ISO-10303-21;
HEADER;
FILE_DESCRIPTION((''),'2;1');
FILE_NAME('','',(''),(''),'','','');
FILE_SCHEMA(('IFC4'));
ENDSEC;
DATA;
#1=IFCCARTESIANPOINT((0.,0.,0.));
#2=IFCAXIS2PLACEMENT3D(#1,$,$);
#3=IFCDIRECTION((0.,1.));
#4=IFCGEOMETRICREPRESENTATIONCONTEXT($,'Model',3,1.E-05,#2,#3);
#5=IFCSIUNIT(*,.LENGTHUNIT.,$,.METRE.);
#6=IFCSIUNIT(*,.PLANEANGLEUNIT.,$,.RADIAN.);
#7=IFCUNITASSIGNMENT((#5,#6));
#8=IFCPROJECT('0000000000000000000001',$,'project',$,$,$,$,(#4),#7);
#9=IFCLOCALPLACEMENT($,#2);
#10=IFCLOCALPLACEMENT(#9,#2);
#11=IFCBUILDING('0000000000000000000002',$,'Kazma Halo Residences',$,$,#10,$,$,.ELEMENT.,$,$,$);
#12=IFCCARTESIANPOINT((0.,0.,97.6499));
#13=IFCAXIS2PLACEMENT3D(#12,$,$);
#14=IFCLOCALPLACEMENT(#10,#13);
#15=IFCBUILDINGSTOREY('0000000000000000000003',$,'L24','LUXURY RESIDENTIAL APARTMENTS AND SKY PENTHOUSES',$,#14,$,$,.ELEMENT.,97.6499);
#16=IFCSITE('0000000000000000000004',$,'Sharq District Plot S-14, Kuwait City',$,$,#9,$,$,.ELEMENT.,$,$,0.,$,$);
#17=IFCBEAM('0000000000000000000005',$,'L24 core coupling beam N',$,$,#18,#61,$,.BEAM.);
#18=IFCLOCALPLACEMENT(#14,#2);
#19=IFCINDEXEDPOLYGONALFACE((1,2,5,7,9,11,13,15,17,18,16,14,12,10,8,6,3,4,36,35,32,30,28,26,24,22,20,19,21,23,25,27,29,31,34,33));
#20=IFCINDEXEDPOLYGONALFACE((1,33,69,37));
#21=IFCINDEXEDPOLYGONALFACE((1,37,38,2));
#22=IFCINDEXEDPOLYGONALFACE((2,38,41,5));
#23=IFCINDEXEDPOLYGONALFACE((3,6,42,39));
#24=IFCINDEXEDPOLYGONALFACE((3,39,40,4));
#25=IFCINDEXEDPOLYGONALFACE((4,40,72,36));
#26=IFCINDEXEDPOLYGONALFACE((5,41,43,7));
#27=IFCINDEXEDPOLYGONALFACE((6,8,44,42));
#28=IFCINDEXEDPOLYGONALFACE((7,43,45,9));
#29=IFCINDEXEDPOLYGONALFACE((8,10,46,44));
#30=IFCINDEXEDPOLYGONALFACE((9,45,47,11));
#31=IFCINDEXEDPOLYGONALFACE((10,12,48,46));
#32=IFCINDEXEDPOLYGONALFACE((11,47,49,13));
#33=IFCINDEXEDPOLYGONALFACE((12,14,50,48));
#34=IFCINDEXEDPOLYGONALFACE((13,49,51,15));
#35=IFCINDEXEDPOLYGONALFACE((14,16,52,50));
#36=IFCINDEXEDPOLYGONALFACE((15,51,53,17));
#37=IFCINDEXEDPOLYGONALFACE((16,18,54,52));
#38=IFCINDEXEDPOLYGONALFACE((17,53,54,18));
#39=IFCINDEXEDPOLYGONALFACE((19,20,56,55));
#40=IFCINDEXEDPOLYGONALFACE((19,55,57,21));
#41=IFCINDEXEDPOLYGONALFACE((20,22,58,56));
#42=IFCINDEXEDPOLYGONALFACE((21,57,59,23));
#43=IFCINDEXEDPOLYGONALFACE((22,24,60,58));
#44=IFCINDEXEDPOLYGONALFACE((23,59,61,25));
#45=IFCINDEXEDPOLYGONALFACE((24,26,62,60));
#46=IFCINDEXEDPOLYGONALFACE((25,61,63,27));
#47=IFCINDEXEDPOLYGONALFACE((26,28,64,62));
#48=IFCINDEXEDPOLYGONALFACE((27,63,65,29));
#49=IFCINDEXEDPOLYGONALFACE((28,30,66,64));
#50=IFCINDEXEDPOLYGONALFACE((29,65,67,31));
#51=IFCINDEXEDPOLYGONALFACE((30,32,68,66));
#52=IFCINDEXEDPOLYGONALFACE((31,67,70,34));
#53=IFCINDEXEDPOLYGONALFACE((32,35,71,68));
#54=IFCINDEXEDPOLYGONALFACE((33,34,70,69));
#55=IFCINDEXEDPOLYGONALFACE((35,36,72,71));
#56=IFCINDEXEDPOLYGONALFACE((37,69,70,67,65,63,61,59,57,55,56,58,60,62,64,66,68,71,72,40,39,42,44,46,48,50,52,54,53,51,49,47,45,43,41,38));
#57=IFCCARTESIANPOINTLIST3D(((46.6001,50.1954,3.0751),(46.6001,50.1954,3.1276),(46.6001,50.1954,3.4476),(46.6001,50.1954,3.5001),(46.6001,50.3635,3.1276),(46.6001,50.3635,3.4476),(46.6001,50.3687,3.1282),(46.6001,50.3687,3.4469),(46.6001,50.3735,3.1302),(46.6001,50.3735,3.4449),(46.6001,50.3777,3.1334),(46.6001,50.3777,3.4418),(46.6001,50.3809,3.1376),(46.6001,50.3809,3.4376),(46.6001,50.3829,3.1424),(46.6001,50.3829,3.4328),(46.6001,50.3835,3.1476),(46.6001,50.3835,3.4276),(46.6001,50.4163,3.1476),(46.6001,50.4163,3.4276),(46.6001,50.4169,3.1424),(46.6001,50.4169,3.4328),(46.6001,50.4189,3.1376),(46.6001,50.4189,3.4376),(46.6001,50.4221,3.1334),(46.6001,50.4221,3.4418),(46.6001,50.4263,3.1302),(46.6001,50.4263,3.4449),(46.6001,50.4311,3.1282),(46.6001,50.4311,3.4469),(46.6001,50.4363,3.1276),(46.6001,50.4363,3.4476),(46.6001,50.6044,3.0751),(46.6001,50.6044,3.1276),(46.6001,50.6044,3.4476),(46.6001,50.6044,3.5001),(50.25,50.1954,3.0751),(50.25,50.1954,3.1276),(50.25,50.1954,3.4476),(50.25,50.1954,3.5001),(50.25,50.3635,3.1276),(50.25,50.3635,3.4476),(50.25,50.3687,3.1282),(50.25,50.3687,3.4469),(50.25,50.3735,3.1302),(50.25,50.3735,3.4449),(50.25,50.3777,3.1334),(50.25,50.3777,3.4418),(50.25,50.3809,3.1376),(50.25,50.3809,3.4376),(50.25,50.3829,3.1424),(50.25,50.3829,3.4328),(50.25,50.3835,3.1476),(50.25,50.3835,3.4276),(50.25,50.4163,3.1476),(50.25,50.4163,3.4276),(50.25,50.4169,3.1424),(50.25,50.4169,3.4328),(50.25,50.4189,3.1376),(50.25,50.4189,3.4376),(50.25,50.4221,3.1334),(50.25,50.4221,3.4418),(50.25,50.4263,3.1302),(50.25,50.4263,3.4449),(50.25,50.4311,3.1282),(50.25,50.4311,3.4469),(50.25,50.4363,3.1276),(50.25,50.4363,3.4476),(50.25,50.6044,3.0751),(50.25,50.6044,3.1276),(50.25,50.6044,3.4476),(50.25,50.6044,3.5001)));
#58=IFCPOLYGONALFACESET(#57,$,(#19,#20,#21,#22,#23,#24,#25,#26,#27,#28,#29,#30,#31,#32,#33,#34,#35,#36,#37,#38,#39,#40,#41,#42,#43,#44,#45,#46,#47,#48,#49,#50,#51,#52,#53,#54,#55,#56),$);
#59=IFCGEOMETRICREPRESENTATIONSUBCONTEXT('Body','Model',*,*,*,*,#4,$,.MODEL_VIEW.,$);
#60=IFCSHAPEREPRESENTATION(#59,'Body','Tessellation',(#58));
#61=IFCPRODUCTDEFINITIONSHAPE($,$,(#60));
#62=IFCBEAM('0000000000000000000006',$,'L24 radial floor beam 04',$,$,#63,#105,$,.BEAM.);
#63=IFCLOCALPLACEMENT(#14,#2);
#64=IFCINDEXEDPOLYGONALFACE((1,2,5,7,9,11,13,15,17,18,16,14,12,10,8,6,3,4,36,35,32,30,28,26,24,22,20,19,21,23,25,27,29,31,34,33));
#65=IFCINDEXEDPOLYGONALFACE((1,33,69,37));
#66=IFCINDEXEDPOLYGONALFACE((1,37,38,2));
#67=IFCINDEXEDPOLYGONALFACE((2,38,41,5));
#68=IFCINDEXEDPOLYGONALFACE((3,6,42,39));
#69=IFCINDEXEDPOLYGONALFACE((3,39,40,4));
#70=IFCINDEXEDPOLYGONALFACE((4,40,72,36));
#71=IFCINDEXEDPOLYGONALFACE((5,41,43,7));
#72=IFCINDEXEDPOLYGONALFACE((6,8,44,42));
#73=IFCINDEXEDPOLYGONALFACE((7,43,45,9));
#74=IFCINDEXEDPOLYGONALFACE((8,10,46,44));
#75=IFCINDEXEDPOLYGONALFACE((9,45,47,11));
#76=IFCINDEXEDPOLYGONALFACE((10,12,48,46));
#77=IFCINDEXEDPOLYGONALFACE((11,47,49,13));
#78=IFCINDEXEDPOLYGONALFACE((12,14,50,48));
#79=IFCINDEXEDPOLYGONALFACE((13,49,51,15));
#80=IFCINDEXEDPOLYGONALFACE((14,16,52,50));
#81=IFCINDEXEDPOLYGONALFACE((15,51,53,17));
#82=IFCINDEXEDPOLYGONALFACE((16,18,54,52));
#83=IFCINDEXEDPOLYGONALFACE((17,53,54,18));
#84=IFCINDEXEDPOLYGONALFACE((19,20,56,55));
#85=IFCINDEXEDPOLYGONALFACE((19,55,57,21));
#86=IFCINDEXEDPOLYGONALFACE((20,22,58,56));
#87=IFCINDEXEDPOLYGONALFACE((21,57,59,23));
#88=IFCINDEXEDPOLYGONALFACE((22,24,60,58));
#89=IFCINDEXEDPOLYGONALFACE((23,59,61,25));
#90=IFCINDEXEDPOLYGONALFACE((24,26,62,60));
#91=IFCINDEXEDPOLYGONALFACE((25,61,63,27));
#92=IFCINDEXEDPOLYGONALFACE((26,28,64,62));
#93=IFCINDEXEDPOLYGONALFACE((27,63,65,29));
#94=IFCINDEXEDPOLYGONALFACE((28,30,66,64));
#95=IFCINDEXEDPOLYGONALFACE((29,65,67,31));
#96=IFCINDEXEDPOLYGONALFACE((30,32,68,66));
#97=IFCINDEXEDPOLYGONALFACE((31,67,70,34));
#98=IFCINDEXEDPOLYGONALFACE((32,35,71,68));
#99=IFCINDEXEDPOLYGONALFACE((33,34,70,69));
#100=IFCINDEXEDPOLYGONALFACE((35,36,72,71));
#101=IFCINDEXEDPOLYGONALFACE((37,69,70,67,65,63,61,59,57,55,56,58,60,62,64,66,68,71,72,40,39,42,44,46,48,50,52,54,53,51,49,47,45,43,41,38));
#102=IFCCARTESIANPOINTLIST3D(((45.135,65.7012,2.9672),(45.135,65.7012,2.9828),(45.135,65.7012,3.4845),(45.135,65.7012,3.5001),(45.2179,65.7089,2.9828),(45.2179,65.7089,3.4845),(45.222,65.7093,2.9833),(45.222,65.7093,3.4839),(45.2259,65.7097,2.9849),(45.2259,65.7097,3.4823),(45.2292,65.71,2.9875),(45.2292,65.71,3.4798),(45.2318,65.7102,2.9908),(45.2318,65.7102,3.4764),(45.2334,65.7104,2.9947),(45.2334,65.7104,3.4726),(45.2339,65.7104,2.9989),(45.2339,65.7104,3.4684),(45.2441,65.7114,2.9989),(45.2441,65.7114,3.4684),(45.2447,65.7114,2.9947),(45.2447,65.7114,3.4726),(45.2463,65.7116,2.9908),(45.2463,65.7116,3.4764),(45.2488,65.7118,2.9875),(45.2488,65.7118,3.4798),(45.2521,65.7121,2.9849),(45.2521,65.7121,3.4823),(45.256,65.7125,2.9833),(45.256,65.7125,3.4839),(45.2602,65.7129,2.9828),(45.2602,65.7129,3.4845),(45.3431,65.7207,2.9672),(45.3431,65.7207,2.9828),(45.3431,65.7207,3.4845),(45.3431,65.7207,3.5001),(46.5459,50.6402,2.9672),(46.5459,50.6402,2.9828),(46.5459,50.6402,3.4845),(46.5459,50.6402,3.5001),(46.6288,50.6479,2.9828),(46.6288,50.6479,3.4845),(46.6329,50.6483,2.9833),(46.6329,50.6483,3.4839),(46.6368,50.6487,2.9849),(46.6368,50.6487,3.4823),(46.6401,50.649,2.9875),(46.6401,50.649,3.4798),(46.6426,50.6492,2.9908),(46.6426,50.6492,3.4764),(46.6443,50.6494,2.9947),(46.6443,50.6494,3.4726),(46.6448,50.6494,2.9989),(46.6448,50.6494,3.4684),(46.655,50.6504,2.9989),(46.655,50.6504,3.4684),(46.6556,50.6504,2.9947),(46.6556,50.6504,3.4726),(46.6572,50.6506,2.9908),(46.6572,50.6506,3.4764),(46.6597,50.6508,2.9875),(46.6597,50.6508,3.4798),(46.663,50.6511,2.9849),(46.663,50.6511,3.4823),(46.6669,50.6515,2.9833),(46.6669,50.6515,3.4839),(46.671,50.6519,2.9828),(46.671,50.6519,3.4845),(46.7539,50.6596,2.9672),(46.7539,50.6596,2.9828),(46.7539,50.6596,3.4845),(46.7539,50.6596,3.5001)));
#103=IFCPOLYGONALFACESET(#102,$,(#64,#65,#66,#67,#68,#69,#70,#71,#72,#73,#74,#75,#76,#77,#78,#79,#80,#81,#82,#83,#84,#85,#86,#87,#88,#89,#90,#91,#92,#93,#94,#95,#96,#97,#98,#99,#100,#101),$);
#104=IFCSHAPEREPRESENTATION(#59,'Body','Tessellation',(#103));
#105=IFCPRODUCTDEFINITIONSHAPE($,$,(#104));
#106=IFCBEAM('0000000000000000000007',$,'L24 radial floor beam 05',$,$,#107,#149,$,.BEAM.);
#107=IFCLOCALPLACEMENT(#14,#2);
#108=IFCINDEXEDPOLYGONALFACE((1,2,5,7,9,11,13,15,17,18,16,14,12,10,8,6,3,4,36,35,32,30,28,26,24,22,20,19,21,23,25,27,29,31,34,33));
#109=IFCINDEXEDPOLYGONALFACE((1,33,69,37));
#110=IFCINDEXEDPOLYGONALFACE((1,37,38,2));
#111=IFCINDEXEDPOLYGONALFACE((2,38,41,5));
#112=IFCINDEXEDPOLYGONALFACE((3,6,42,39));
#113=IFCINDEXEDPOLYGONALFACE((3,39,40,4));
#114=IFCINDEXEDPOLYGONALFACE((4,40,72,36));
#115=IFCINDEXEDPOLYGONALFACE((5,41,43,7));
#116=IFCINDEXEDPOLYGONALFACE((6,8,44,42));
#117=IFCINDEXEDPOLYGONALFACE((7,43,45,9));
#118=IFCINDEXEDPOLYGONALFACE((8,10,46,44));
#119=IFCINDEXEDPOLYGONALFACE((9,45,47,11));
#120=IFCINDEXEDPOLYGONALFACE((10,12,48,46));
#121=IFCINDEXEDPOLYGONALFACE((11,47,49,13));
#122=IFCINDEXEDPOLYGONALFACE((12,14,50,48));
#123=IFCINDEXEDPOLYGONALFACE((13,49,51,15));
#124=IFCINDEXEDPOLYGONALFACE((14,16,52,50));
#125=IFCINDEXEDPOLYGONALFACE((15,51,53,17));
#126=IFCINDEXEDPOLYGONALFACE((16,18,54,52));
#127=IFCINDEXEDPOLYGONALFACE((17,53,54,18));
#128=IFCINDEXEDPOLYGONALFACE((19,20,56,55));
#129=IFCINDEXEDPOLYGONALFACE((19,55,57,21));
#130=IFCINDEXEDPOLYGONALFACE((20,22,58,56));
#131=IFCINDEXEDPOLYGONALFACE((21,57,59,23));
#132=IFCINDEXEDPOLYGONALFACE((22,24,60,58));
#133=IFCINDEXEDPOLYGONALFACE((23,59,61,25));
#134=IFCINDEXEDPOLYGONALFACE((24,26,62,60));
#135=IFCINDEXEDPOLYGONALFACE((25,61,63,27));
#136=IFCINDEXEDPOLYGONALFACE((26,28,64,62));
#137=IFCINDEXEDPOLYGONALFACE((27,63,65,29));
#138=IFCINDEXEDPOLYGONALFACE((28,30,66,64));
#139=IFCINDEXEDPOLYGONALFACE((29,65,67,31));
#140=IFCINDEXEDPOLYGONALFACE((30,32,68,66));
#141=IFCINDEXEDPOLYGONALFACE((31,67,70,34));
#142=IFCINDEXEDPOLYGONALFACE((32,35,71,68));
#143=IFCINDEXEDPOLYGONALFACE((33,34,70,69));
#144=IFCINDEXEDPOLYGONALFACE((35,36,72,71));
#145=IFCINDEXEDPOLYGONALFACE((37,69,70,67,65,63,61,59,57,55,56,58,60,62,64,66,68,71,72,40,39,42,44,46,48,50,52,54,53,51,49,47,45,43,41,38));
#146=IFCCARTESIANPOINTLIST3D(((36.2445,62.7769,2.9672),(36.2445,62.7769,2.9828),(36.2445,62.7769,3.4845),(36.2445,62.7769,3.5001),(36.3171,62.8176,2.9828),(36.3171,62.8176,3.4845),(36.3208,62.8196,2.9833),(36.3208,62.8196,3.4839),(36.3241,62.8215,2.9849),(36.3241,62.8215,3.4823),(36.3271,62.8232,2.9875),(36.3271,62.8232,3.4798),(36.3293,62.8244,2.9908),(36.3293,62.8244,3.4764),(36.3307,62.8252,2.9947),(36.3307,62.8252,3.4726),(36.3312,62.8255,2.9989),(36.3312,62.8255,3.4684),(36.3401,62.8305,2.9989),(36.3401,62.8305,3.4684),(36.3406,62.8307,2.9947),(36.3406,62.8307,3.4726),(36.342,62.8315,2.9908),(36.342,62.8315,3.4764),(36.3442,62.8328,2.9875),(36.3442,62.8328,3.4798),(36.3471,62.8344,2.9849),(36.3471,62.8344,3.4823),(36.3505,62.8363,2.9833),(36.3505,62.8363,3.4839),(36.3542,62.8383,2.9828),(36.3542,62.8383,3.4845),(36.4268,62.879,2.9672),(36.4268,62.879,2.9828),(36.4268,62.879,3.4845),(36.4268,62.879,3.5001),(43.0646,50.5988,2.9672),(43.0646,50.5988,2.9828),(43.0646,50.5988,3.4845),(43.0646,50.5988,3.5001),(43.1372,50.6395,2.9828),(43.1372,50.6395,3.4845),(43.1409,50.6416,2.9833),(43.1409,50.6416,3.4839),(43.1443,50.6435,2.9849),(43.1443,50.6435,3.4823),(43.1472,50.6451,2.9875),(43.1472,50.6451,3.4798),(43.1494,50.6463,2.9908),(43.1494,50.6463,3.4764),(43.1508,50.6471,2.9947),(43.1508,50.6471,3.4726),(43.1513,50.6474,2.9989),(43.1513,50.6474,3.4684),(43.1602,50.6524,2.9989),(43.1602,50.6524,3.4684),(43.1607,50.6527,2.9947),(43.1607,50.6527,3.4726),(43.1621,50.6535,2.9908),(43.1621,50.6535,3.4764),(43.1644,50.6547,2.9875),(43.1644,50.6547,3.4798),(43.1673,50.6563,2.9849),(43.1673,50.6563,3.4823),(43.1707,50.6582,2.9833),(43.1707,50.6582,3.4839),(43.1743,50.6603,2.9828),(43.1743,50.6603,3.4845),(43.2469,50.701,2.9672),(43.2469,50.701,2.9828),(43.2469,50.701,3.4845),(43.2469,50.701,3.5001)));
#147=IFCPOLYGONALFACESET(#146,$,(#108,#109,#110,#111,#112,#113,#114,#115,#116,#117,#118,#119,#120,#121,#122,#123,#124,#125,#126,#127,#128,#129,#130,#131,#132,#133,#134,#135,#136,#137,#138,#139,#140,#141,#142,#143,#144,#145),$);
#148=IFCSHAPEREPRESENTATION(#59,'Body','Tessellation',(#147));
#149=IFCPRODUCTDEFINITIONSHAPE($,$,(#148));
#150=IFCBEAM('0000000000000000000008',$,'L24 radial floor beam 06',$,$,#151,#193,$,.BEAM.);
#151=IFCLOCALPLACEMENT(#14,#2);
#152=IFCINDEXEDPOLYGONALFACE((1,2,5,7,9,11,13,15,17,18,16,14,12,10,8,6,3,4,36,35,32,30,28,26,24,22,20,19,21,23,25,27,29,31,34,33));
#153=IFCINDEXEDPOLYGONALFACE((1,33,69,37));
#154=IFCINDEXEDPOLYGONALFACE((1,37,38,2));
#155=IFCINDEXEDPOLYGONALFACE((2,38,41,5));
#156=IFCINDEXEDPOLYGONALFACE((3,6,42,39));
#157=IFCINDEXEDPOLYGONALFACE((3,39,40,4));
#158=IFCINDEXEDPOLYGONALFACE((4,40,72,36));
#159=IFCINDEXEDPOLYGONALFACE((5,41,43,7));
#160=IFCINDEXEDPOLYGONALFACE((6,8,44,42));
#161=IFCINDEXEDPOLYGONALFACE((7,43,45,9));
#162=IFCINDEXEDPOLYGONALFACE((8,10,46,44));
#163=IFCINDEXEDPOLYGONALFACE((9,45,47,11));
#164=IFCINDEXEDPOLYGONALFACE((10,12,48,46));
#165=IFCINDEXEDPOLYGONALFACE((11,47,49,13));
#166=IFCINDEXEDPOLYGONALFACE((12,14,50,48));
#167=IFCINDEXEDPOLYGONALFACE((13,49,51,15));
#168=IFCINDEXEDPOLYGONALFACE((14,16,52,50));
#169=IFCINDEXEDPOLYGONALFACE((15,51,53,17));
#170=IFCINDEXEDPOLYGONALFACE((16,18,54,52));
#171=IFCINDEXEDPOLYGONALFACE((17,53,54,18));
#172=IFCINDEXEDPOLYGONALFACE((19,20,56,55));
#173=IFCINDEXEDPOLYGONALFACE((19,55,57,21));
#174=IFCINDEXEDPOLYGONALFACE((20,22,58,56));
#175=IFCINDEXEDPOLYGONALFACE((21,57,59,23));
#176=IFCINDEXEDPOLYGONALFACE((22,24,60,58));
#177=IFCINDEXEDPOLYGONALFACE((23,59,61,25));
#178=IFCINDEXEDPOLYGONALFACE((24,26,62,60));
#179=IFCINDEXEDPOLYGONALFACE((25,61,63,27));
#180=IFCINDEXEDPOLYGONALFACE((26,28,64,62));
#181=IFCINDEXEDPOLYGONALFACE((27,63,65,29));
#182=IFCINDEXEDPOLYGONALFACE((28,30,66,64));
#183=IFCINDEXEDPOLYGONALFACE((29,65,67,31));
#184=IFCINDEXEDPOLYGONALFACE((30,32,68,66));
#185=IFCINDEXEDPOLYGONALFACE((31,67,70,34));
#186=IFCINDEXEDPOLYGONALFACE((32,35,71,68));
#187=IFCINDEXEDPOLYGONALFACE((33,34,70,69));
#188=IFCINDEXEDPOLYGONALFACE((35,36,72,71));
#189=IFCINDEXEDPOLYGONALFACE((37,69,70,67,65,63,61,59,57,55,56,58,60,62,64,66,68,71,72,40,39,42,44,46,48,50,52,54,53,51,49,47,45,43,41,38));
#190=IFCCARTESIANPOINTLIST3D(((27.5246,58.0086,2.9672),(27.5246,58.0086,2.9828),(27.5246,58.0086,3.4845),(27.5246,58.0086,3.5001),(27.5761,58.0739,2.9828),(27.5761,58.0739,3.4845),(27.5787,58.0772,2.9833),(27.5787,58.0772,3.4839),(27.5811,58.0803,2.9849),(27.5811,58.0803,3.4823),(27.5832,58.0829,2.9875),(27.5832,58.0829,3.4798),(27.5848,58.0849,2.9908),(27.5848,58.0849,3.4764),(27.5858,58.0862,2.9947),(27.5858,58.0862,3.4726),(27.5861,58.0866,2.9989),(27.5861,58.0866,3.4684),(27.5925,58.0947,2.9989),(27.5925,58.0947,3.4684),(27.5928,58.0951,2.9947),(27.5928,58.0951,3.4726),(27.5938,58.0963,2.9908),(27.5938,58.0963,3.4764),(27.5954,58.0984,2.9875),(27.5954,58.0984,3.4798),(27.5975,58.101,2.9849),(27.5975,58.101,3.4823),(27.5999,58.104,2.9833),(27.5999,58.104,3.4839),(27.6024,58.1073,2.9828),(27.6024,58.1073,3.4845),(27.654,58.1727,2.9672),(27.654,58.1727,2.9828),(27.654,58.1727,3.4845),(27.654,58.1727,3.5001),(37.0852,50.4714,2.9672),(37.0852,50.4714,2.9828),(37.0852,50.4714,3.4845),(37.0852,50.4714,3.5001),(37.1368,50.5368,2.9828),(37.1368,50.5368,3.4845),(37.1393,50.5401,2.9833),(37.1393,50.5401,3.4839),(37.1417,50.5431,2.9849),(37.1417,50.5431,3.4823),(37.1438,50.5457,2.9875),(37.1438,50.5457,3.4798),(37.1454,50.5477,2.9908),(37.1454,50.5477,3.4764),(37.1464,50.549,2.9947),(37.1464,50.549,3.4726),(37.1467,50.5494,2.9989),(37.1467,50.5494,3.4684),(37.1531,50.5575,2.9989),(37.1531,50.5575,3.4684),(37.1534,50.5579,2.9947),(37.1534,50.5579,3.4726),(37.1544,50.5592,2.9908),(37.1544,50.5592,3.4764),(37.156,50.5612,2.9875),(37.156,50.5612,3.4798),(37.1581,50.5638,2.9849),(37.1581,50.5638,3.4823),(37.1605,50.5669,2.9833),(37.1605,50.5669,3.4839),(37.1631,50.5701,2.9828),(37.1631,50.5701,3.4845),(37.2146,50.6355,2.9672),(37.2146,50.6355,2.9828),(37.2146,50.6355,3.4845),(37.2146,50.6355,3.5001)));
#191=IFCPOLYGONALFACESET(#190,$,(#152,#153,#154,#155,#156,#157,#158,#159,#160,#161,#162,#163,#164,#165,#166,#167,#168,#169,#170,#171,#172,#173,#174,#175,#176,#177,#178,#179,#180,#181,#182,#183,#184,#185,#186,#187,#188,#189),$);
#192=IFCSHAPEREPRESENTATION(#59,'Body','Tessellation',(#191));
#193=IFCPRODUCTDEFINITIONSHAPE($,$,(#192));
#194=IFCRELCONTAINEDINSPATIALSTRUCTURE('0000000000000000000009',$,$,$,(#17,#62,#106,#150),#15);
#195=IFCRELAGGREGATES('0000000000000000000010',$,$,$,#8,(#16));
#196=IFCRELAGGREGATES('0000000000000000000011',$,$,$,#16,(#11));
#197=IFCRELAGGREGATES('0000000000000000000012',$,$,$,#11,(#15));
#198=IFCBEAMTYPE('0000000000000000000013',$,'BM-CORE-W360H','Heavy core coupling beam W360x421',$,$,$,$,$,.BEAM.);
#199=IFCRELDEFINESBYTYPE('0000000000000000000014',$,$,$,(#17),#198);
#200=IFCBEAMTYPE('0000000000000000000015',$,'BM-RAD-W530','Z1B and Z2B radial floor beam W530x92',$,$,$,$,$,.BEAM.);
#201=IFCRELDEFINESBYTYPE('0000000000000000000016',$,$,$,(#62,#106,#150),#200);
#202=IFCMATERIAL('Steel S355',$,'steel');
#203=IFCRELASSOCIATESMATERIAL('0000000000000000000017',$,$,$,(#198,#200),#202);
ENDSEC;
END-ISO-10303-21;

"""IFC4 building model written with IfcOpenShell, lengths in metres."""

from ifc_helpers import new_model, si_unit, direction, frame, origin, origin_2d, place, context, subcontext, project, spatial, i_section, extrude, material, material_profile, profile_set, type_object, element, save


model = new_model("IFC4")

# Units and contexts
model_context = context("Model", 3, precision=1e-05, world=origin(), true_north=direction((0.0, 1.0)))
body_context = subcontext(model_context, "Body", "Model", "MODEL_VIEW")
ifc_project = project(units=[si_unit("LENGTHUNIT", "METRE"), si_unit("PLANEANGLEUNIT", "RADIAN")], contexts=[model_context])

# Site, building, storey
site_placement = place(None, origin())
site = spatial("IfcSite", under=ifc_project, at=site_placement, Name="Sharq District Plot S-14, Kuwait City", CompositionType="ELEMENT", RefElevation=0.0)
building_placement = place(site_placement, origin())
building = spatial("IfcBuilding", under=site, at=building_placement, Name="Kazma Halo Residences", CompositionType="ELEMENT")
storey_placement = place(building_placement, frame((0.0, 0.0, 97.6499)))
storey = spatial("IfcBuildingStorey", under=building, at=storey_placement, Name="L24", Description="LUXURY RESIDENTIAL APARTMENTS AND SKY PENTHOUSES", CompositionType="ELEMENT", Elevation=97.6499)

# Beams
ifc_material_1 = material(Name="Steel S355", Category="steel")
ifc_material_profile_1 = material_profile(ifc_material_1, i_section(OverallWidth=0.4089, OverallDepth=0.425, WebThickness=0.0327, FlangeThickness=0.0525, FilletRadius=0.02, at=origin_2d()), Name="W360x421")
ifc_profile_set_1 = profile_set([ifc_material_profile_1], Name="Steel S355")
beam_type_1 = type_object("IfcBeamType", Name="BM-CORE-W360H", Description="Heavy core coupling beam W360x421", PredefinedType="BEAM", material=ifc_profile_set_1)
beam_1_placement = place(storey_placement, frame((46.6001, 50.3999, 3.2876), z_axis=(1.0, 0.0, 0.0), x_axis=(0.0, 1.0, 0.0)))
element("IfcBeam", 1, at=beam_1_placement, inside=storey, type_object=beam_type_1, Name="L24 core coupling beam N", PredefinedType="BEAM", context=body_context, shape_type="SweptSolid", body=[
    extrude(i_section(OverallWidth=0.4089, OverallDepth=0.425, WebThickness=0.0327, FlangeThickness=0.0525, FilletRadius=0.02, at=origin_2d()), origin(), (0.0, 0.0, 1.0), 3.6499),
])
ifc_material_profile_2 = material_profile(ifc_material_1, i_section(OverallWidth=0.209, OverallDepth=0.533, WebThickness=0.0103, FlangeThickness=0.0156, FilletRadius=0.0161, at=origin_2d()), Name="W530x92")
ifc_profile_set_2 = profile_set([ifc_material_profile_2], Name="Steel S355")
beam_type_2 = type_object("IfcBeamType", Name="BM-RAD-W530", Description="Z1B and Z2B radial floor beam W530x92", PredefinedType="BEAM", material=ifc_profile_set_2)
beam_2_placement = place(storey_placement, frame((46.6499, 50.6499, 3.2336), z_axis=(-0.09327, 0.995641, 0.0), x_axis=(-0.995641, -0.09327, 0.0)))
element("IfcBeam", 2, at=beam_2_placement, inside=storey, type_object=beam_type_2, Name="L24 radial floor beam 04", PredefinedType="BEAM", context=body_context, shape_type="SweptSolid", body=[
    extrude(i_section(OverallWidth=0.209, OverallDepth=0.533, WebThickness=0.0103, FlangeThickness=0.0156, FilletRadius=0.0161, at=origin_2d()), origin(), (0.0, 0.0, 1.0), 15.127),
])
beam_3_placement = place(storey_placement, frame((43.1558, 50.6499, 3.2336), z_axis=(-0.488625, 0.872494, 0.0), x_axis=(-0.872494, -0.488625, 0.0)))
element("IfcBeam", 3, at=beam_3_placement, inside=storey, type_object=beam_type_2, Name="L24 radial floor beam 05", PredefinedType="BEAM", context=body_context, shape_type="SweptSolid", body=[
    extrude(i_section(OverallWidth=0.209, OverallDepth=0.533, WebThickness=0.0103, FlangeThickness=0.0156, FilletRadius=0.0161, at=origin_2d()), origin(), (0.0, 0.0, 1.0), 13.9578),
])
beam_4_placement = place(storey_placement, frame((37.1499, 50.5535, 3.2336), z_axis=(-0.78531, 0.619103, 0.0), x_axis=(-0.619103, -0.78531, 0.0)))
element("IfcBeam", 4, at=beam_4_placement, inside=storey, type_object=beam_type_2, Name="L24 radial floor beam 06", PredefinedType="BEAM", context=body_context, shape_type="SweptSolid", body=[
    extrude(i_section(OverallWidth=0.209, OverallDepth=0.533, WebThickness=0.0103, FlangeThickness=0.0156, FilletRadius=0.0161, at=origin_2d()), origin(), (0.0, 0.0, 1.0), 12.1743),
])

save(model, "model.ifc")
